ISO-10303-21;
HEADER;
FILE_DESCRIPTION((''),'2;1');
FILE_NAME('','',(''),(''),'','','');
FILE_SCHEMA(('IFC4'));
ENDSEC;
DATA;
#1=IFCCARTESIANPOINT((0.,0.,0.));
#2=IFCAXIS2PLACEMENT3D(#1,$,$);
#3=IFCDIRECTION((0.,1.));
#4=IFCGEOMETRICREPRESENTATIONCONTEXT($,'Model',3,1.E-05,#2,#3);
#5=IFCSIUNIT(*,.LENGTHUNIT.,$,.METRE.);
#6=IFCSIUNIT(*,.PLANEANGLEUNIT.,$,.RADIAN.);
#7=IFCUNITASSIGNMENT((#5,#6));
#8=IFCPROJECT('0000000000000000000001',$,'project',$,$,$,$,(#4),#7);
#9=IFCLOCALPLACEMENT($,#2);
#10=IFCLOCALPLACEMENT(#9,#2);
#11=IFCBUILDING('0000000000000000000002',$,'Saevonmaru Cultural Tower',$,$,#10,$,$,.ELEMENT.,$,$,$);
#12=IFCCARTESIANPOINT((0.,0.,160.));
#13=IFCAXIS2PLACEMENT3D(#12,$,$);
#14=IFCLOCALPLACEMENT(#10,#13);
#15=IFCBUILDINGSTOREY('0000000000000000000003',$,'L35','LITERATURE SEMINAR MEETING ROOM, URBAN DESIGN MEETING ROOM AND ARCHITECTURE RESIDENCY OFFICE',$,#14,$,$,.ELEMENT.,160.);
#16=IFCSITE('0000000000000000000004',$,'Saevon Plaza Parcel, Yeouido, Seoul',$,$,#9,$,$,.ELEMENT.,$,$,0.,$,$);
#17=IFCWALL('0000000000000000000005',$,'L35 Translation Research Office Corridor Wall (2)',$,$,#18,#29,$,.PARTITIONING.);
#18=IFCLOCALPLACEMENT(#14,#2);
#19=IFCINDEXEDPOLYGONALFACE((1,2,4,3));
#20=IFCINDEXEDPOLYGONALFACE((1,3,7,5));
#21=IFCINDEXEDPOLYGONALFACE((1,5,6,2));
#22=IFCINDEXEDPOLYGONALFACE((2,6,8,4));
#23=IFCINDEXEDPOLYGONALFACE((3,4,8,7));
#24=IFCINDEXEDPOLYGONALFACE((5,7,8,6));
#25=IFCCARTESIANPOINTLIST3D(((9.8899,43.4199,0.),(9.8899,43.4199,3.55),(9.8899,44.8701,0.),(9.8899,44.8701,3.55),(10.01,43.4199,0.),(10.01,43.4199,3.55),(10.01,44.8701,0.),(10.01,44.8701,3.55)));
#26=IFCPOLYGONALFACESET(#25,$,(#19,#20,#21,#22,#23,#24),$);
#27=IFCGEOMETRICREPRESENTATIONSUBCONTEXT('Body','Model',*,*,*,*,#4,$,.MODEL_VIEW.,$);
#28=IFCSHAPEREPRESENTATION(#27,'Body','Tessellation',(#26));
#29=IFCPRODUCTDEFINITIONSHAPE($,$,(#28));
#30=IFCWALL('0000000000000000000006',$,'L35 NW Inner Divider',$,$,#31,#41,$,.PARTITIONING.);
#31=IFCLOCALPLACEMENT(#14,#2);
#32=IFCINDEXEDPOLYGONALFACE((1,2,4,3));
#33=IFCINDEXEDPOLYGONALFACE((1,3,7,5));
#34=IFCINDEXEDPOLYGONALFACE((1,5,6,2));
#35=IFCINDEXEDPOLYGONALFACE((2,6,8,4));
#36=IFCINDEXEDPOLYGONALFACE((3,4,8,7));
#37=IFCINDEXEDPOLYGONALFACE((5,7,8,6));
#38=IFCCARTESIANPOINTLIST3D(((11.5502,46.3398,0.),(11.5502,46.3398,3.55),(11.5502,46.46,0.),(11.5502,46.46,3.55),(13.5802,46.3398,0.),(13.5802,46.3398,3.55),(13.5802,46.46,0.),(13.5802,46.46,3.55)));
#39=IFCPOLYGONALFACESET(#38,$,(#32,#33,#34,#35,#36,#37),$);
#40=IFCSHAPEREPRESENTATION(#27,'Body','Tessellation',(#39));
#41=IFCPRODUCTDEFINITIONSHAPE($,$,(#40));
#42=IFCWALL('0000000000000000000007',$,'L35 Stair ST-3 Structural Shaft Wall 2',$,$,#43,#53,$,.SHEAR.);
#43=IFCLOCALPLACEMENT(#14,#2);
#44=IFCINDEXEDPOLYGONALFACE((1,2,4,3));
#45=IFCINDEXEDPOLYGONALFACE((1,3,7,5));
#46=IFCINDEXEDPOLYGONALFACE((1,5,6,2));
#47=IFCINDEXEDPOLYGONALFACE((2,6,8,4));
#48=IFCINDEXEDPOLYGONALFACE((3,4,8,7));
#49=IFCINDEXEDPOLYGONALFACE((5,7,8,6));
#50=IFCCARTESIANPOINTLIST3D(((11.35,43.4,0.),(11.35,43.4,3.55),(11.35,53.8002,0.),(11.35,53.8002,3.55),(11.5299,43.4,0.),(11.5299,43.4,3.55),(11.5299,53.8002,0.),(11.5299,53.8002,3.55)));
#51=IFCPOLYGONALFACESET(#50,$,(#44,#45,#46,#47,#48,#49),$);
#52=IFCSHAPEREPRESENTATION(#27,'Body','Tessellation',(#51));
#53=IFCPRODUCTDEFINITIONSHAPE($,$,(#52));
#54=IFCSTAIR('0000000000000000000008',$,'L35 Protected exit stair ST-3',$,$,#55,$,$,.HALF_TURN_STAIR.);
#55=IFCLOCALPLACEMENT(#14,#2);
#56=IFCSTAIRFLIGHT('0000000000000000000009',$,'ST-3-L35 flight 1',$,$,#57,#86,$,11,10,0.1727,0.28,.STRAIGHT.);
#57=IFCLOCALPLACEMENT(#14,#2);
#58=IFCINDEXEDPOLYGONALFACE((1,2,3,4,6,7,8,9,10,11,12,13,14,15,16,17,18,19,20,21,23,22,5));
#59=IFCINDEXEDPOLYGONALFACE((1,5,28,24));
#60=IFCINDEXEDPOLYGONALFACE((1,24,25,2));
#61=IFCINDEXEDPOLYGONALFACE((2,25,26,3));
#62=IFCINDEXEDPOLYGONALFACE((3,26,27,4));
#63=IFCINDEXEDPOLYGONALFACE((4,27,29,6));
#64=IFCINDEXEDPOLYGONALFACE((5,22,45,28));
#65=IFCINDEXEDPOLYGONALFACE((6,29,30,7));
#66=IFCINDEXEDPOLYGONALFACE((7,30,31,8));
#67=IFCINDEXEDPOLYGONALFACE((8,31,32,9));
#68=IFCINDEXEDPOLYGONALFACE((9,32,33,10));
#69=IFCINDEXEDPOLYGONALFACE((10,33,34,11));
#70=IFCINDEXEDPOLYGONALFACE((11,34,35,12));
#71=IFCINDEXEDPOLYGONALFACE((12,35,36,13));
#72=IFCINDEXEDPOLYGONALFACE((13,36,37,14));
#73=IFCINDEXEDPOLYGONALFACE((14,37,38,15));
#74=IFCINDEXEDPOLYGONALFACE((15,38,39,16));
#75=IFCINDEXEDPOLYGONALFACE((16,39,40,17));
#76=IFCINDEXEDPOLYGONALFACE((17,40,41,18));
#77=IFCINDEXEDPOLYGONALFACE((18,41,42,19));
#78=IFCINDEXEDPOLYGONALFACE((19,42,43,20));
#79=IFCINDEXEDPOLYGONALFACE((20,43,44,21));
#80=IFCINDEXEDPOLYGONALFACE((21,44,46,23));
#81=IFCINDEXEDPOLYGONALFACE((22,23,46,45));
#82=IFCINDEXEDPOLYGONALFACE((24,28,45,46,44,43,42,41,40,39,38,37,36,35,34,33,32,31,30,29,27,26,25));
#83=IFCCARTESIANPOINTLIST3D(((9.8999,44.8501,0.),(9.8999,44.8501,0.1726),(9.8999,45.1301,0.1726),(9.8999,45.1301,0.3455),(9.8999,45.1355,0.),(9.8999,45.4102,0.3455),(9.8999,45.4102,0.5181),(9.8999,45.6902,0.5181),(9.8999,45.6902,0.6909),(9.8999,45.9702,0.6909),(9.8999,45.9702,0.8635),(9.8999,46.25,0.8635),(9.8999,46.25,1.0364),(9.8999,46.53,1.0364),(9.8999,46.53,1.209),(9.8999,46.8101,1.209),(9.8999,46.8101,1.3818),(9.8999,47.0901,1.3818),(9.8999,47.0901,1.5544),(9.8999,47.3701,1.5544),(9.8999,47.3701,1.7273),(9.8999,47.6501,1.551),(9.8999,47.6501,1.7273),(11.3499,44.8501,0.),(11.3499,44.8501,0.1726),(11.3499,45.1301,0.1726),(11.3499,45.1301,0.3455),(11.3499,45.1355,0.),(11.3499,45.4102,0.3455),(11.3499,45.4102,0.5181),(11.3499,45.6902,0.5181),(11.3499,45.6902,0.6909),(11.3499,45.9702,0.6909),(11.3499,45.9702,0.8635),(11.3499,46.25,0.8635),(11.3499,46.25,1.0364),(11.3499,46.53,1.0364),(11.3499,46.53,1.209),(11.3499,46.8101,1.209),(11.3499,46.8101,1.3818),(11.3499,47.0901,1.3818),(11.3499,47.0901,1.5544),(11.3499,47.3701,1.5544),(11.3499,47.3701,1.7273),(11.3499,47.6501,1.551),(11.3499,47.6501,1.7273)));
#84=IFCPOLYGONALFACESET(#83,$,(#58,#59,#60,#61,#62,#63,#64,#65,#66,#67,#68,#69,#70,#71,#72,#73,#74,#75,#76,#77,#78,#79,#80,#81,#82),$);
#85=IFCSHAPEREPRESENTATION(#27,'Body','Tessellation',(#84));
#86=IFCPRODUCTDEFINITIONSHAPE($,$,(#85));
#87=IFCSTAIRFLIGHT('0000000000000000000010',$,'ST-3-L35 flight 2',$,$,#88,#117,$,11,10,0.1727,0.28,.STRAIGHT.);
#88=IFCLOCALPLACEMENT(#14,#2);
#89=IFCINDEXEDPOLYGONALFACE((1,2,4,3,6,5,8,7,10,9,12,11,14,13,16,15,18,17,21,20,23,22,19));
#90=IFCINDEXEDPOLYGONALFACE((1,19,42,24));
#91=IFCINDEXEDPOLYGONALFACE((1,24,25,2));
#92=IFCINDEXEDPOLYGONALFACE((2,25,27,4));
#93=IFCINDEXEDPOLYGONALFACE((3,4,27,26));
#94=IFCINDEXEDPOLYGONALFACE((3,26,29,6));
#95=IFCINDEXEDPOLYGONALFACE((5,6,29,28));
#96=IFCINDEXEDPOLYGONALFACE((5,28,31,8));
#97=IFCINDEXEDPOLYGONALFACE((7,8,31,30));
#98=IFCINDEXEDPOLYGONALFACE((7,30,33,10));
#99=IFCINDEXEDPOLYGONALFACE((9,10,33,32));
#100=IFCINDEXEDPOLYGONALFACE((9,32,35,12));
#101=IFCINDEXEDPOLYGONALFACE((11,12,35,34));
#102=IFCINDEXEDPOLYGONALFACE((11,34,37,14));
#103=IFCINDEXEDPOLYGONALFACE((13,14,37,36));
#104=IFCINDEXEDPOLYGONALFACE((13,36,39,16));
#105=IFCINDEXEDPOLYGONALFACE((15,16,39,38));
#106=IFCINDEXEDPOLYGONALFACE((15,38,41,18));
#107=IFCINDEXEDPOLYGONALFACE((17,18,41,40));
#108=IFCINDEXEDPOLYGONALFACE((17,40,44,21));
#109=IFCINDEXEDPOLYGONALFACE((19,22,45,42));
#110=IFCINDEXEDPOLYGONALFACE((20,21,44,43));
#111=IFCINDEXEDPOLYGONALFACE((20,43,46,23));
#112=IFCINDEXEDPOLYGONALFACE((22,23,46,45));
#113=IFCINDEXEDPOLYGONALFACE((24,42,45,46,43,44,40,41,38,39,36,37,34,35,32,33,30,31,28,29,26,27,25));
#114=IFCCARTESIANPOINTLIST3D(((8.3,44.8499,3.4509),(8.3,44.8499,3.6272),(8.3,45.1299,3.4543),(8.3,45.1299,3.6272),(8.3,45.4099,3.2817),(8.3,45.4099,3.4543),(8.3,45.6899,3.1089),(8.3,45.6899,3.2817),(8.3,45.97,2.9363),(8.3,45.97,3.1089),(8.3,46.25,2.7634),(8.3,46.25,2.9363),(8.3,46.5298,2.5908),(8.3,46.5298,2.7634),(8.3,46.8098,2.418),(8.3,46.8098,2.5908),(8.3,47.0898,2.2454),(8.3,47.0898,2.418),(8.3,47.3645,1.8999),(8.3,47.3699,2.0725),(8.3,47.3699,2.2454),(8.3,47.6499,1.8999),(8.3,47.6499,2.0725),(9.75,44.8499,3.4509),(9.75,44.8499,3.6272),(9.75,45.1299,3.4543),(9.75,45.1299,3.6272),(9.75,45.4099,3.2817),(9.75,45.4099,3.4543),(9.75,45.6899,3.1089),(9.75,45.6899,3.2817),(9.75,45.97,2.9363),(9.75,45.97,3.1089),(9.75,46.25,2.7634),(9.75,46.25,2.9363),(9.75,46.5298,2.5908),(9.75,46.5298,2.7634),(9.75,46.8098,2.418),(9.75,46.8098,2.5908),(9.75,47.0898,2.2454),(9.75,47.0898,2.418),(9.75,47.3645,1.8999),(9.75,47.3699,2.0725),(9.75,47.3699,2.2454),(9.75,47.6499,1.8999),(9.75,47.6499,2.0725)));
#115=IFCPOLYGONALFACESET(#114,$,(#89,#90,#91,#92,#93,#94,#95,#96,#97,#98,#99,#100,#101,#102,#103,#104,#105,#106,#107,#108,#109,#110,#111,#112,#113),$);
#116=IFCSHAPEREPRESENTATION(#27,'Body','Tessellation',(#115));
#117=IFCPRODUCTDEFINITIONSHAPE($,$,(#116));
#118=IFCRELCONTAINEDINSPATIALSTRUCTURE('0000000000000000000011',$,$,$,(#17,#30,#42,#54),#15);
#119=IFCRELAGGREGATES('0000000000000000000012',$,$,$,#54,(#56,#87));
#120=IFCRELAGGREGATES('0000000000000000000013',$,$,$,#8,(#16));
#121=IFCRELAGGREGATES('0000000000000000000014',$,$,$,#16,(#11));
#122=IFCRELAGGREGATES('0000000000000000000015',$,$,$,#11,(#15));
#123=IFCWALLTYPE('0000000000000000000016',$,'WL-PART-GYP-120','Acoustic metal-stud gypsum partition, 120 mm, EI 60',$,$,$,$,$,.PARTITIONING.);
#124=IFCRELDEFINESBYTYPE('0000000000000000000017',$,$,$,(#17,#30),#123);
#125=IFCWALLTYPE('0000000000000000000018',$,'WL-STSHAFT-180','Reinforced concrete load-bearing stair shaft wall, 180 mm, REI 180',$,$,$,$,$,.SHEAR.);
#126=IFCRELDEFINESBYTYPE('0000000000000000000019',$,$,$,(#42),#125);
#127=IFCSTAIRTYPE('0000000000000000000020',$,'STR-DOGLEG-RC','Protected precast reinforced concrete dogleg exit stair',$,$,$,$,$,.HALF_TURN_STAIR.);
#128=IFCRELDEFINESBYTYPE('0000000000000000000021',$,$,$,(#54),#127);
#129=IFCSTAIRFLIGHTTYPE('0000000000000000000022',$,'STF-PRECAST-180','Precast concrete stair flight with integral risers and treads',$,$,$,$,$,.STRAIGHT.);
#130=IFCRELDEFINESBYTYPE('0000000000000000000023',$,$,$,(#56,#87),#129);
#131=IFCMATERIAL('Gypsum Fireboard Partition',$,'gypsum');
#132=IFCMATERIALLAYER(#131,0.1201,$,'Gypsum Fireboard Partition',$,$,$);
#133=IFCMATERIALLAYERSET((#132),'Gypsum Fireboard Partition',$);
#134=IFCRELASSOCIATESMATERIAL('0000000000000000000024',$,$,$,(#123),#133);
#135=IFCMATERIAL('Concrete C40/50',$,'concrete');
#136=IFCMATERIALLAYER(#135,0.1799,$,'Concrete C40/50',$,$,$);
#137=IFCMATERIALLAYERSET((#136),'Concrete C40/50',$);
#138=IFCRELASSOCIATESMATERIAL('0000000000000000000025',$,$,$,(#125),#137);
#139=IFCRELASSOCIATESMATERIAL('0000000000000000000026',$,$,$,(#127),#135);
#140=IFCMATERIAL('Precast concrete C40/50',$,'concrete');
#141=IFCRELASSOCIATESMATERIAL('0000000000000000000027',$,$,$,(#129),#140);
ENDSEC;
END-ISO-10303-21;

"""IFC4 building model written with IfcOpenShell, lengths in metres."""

from ifc_helpers import new_model, si_unit, direction, frame, frame_2d, origin, place, context, subcontext, project, spatial, polyline, rectangle, outline, extrude, material, layer, layer_set, type_object, element, aggregate, save


model = new_model("IFC4")

# Units and contexts
model_context = context("Model", 3, precision=1e-05, world=origin(), true_north=direction((0.0, 1.0)))
body_context = subcontext(model_context, "Body", "Model", "MODEL_VIEW")
ifc_project = project(units=[si_unit("LENGTHUNIT", "METRE"), si_unit("PLANEANGLEUNIT", "RADIAN")], contexts=[model_context])

# Site, building, storey
site_placement = place(None, origin())
site = spatial("IfcSite", under=ifc_project, at=site_placement, Name="Saevon Plaza Parcel, Yeouido, Seoul", CompositionType="ELEMENT", RefElevation=0.0)
building_placement = place(site_placement, origin())
building = spatial("IfcBuilding", under=site, at=building_placement, Name="Saevonmaru Cultural Tower", CompositionType="ELEMENT")
storey_placement = place(building_placement, frame((0.0, 0.0, 160.0)))
storey = spatial("IfcBuildingStorey", under=building, at=storey_placement, Name="L35", Description="LITERATURE SEMINAR MEETING ROOM, URBAN DESIGN MEETING ROOM AND ARCHITECTURE RESIDENCY OFFICE", CompositionType="ELEMENT", Elevation=160.0)

# Walls
ifc_material_1 = material(Name="Gypsum Fireboard Partition", Category="gypsum")
ifc_layer_1 = layer(ifc_material_1, 0.1201, Name="Gypsum Fireboard Partition")
ifc_layer_set_1 = layer_set([ifc_layer_1], Name="Gypsum Fireboard Partition")
wall_type_1 = type_object("IfcWallType", Name="WL-PART-GYP-120", Description="Acoustic metal-stud gypsum partition, 120 mm, EI 60", PredefinedType="PARTITIONING", material=ifc_layer_set_1)
wall_1_placement = place(storey_placement, frame((9.95, 43.4199, 0.0), z_axis=(0.0, 0.0, 1.0), x_axis=(0.0, 1.0, 0.0)))
element("IfcWall", 1, at=wall_1_placement, inside=storey, type_object=wall_type_1, Name="L35 Translation Research Office Corridor Wall (2)", PredefinedType="PARTITIONING", context=body_context, shape_type="SweptSolid", body=[
    extrude(rectangle(XDim=1.4502, YDim=0.1201, at=frame_2d((0.7251, 0.0))), origin(), (0.0, 0.0, 1.0), 3.55),
])
wall_2_placement = place(storey_placement, frame((11.55, 46.3999, 0.0), z_axis=(0.0, 0.0, 1.0), x_axis=(1.0, 0.0, 0.0)))
element("IfcWall", 2, at=wall_2_placement, inside=storey, type_object=wall_type_1, Name="L35 NW Inner Divider", PredefinedType="PARTITIONING", context=body_context, shape_type="SweptSolid", body=[
    extrude(rectangle(XDim=2.03, YDim=0.1201, at=frame_2d((1.0151, 0.0))), origin(), (0.0, 0.0, 1.0), 3.55),
])

# Shared definitions
ifc_material_2 = material(Name="Concrete C40/50", Category="concrete")
ifc_layer_2 = layer(ifc_material_2, 0.1799, Name="Concrete C40/50")
ifc_layer_set_2 = layer_set([ifc_layer_2], Name="Concrete C40/50")
wall_type_2 = type_object("IfcWallType", Name="WL-STSHAFT-180", Description="Reinforced concrete load-bearing stair shaft wall, 180 mm, REI 180", PredefinedType="SHEAR", material=ifc_layer_set_2)

# Wall
wall_3_placement = place(storey_placement, frame((11.4399, 43.3999, 0.0), z_axis=(0.0, 0.0, 1.0), x_axis=(0.0, 1.0, 0.0)))
element("IfcWall", 3, at=wall_3_placement, inside=storey, type_object=wall_type_2, Name="L35 Stair ST-3 Structural Shaft Wall 2", PredefinedType="SHEAR", context=body_context, shape_type="SweptSolid", body=[
    extrude(rectangle(XDim=10.4001, YDim=0.1799, at=frame_2d((5.2002, 0.0))), origin(), (0.0, 0.0, 1.0), 3.55),
])

# Stair, stair flights
stair_type = type_object("IfcStairType", Name="STR-DOGLEG-RC", Description="Protected precast reinforced concrete dogleg exit stair", PredefinedType="HALF_TURN_STAIR", material=ifc_material_2)
stair_placement = place(storey_placement, origin())
stair = element("IfcStair", 4, at=stair_placement, inside=storey, type_object=stair_type, Name="L35 Protected exit stair ST-3", PredefinedType="HALF_TURN_STAIR")
ifc_material_3 = material(Name="Precast concrete C40/50", Category="concrete")
stair_flight_type = type_object("IfcStairFlightType", Name="STF-PRECAST-180", Description="Precast concrete stair flight with integral risers and treads", PredefinedType="STRAIGHT", material=ifc_material_3)
stair_flight_1_placement = place(storey_placement, frame((10.625, 44.8501, 0.0), z_axis=(0.0, 0.0, 1.0), x_axis=(0.0, 1.0, 0.0)))
stair_flight_1 = element("IfcStairFlight", 5, at=stair_flight_1_placement, type_object=stair_flight_type, Name="ST-3-L35 flight 1", NumberOfRisers=11, NumberOfTreads=10, PredefinedType="STRAIGHT", RiserHeight=0.1727, TreadLength=0.28, context=body_context, shape_type="SweptSolid", body=[
    extrude(outline(polyline([(0.0, 0.0), (0.0, 0.1726), (0.28, 0.1726), (0.28, 0.3455), (0.5601, 0.3455), (0.5601, 0.5181), (0.8401, 0.5181), (0.8401, 0.6909), (1.1201, 0.6909), (1.1201, 0.8635), (1.3999, 0.8635), (1.3999, 1.0364), (1.6799, 1.0364), (1.6799, 1.209), (1.96, 1.209), (1.96, 1.3818), (2.24, 1.3818), (2.24, 1.5544), (2.52, 1.5544), (2.52, 1.7273), (2.8, 1.7273), (2.8, 1.8999), (2.8, 1.551), (0.2854, 0.0), (0.0, 0.0)])), frame((0.0, 0.7251, 0.0), z_axis=(0.0, -1.0, 0.0), x_axis=(1.0, 0.0, 0.0)), (0.0, 0.0, 1.0), 1.45),
])
stair_flight_2_placement = place(storey_placement, frame((9.0249, 47.6499, 1.8999), z_axis=(0.0, 0.0, 1.0), x_axis=(0.0, -1.0, 0.0)))
stair_flight_2 = element("IfcStairFlight", 6, at=stair_flight_2_placement, type_object=stair_flight_type, Name="ST-3-L35 flight 2", NumberOfRisers=11, NumberOfTreads=10, PredefinedType="STRAIGHT", RiserHeight=0.1727, TreadLength=0.28, context=body_context, shape_type="SweptSolid", body=[
    extrude(outline(polyline([(0.0, 0.0), (0.0, 0.1726), (0.28, 0.1726), (0.28, 0.3455), (0.5601, 0.3455), (0.5601, 0.5181), (0.8401, 0.5181), (0.8401, 0.6909), (1.1201, 0.6909), (1.1201, 0.8635), (1.3999, 0.8635), (1.3999, 1.0364), (1.6799, 1.0364), (1.6799, 1.209), (1.96, 1.209), (1.96, 1.3818), (2.24, 1.3818), (2.24, 1.5544), (2.52, 1.5544), (2.52, 1.7273), (2.8, 1.7273), (2.8, 1.8999), (2.8, 1.551), (0.2854, 0.0), (0.0, 0.0)])), frame((0.0, 0.7251, 0.0), z_axis=(0.0, -1.0, 0.0), x_axis=(1.0, 0.0, 0.0)), (0.0, 0.0, 1.0), 1.45),
])
aggregate(stair, [stair_flight_1, stair_flight_2])

save(model, "model.ifc")
